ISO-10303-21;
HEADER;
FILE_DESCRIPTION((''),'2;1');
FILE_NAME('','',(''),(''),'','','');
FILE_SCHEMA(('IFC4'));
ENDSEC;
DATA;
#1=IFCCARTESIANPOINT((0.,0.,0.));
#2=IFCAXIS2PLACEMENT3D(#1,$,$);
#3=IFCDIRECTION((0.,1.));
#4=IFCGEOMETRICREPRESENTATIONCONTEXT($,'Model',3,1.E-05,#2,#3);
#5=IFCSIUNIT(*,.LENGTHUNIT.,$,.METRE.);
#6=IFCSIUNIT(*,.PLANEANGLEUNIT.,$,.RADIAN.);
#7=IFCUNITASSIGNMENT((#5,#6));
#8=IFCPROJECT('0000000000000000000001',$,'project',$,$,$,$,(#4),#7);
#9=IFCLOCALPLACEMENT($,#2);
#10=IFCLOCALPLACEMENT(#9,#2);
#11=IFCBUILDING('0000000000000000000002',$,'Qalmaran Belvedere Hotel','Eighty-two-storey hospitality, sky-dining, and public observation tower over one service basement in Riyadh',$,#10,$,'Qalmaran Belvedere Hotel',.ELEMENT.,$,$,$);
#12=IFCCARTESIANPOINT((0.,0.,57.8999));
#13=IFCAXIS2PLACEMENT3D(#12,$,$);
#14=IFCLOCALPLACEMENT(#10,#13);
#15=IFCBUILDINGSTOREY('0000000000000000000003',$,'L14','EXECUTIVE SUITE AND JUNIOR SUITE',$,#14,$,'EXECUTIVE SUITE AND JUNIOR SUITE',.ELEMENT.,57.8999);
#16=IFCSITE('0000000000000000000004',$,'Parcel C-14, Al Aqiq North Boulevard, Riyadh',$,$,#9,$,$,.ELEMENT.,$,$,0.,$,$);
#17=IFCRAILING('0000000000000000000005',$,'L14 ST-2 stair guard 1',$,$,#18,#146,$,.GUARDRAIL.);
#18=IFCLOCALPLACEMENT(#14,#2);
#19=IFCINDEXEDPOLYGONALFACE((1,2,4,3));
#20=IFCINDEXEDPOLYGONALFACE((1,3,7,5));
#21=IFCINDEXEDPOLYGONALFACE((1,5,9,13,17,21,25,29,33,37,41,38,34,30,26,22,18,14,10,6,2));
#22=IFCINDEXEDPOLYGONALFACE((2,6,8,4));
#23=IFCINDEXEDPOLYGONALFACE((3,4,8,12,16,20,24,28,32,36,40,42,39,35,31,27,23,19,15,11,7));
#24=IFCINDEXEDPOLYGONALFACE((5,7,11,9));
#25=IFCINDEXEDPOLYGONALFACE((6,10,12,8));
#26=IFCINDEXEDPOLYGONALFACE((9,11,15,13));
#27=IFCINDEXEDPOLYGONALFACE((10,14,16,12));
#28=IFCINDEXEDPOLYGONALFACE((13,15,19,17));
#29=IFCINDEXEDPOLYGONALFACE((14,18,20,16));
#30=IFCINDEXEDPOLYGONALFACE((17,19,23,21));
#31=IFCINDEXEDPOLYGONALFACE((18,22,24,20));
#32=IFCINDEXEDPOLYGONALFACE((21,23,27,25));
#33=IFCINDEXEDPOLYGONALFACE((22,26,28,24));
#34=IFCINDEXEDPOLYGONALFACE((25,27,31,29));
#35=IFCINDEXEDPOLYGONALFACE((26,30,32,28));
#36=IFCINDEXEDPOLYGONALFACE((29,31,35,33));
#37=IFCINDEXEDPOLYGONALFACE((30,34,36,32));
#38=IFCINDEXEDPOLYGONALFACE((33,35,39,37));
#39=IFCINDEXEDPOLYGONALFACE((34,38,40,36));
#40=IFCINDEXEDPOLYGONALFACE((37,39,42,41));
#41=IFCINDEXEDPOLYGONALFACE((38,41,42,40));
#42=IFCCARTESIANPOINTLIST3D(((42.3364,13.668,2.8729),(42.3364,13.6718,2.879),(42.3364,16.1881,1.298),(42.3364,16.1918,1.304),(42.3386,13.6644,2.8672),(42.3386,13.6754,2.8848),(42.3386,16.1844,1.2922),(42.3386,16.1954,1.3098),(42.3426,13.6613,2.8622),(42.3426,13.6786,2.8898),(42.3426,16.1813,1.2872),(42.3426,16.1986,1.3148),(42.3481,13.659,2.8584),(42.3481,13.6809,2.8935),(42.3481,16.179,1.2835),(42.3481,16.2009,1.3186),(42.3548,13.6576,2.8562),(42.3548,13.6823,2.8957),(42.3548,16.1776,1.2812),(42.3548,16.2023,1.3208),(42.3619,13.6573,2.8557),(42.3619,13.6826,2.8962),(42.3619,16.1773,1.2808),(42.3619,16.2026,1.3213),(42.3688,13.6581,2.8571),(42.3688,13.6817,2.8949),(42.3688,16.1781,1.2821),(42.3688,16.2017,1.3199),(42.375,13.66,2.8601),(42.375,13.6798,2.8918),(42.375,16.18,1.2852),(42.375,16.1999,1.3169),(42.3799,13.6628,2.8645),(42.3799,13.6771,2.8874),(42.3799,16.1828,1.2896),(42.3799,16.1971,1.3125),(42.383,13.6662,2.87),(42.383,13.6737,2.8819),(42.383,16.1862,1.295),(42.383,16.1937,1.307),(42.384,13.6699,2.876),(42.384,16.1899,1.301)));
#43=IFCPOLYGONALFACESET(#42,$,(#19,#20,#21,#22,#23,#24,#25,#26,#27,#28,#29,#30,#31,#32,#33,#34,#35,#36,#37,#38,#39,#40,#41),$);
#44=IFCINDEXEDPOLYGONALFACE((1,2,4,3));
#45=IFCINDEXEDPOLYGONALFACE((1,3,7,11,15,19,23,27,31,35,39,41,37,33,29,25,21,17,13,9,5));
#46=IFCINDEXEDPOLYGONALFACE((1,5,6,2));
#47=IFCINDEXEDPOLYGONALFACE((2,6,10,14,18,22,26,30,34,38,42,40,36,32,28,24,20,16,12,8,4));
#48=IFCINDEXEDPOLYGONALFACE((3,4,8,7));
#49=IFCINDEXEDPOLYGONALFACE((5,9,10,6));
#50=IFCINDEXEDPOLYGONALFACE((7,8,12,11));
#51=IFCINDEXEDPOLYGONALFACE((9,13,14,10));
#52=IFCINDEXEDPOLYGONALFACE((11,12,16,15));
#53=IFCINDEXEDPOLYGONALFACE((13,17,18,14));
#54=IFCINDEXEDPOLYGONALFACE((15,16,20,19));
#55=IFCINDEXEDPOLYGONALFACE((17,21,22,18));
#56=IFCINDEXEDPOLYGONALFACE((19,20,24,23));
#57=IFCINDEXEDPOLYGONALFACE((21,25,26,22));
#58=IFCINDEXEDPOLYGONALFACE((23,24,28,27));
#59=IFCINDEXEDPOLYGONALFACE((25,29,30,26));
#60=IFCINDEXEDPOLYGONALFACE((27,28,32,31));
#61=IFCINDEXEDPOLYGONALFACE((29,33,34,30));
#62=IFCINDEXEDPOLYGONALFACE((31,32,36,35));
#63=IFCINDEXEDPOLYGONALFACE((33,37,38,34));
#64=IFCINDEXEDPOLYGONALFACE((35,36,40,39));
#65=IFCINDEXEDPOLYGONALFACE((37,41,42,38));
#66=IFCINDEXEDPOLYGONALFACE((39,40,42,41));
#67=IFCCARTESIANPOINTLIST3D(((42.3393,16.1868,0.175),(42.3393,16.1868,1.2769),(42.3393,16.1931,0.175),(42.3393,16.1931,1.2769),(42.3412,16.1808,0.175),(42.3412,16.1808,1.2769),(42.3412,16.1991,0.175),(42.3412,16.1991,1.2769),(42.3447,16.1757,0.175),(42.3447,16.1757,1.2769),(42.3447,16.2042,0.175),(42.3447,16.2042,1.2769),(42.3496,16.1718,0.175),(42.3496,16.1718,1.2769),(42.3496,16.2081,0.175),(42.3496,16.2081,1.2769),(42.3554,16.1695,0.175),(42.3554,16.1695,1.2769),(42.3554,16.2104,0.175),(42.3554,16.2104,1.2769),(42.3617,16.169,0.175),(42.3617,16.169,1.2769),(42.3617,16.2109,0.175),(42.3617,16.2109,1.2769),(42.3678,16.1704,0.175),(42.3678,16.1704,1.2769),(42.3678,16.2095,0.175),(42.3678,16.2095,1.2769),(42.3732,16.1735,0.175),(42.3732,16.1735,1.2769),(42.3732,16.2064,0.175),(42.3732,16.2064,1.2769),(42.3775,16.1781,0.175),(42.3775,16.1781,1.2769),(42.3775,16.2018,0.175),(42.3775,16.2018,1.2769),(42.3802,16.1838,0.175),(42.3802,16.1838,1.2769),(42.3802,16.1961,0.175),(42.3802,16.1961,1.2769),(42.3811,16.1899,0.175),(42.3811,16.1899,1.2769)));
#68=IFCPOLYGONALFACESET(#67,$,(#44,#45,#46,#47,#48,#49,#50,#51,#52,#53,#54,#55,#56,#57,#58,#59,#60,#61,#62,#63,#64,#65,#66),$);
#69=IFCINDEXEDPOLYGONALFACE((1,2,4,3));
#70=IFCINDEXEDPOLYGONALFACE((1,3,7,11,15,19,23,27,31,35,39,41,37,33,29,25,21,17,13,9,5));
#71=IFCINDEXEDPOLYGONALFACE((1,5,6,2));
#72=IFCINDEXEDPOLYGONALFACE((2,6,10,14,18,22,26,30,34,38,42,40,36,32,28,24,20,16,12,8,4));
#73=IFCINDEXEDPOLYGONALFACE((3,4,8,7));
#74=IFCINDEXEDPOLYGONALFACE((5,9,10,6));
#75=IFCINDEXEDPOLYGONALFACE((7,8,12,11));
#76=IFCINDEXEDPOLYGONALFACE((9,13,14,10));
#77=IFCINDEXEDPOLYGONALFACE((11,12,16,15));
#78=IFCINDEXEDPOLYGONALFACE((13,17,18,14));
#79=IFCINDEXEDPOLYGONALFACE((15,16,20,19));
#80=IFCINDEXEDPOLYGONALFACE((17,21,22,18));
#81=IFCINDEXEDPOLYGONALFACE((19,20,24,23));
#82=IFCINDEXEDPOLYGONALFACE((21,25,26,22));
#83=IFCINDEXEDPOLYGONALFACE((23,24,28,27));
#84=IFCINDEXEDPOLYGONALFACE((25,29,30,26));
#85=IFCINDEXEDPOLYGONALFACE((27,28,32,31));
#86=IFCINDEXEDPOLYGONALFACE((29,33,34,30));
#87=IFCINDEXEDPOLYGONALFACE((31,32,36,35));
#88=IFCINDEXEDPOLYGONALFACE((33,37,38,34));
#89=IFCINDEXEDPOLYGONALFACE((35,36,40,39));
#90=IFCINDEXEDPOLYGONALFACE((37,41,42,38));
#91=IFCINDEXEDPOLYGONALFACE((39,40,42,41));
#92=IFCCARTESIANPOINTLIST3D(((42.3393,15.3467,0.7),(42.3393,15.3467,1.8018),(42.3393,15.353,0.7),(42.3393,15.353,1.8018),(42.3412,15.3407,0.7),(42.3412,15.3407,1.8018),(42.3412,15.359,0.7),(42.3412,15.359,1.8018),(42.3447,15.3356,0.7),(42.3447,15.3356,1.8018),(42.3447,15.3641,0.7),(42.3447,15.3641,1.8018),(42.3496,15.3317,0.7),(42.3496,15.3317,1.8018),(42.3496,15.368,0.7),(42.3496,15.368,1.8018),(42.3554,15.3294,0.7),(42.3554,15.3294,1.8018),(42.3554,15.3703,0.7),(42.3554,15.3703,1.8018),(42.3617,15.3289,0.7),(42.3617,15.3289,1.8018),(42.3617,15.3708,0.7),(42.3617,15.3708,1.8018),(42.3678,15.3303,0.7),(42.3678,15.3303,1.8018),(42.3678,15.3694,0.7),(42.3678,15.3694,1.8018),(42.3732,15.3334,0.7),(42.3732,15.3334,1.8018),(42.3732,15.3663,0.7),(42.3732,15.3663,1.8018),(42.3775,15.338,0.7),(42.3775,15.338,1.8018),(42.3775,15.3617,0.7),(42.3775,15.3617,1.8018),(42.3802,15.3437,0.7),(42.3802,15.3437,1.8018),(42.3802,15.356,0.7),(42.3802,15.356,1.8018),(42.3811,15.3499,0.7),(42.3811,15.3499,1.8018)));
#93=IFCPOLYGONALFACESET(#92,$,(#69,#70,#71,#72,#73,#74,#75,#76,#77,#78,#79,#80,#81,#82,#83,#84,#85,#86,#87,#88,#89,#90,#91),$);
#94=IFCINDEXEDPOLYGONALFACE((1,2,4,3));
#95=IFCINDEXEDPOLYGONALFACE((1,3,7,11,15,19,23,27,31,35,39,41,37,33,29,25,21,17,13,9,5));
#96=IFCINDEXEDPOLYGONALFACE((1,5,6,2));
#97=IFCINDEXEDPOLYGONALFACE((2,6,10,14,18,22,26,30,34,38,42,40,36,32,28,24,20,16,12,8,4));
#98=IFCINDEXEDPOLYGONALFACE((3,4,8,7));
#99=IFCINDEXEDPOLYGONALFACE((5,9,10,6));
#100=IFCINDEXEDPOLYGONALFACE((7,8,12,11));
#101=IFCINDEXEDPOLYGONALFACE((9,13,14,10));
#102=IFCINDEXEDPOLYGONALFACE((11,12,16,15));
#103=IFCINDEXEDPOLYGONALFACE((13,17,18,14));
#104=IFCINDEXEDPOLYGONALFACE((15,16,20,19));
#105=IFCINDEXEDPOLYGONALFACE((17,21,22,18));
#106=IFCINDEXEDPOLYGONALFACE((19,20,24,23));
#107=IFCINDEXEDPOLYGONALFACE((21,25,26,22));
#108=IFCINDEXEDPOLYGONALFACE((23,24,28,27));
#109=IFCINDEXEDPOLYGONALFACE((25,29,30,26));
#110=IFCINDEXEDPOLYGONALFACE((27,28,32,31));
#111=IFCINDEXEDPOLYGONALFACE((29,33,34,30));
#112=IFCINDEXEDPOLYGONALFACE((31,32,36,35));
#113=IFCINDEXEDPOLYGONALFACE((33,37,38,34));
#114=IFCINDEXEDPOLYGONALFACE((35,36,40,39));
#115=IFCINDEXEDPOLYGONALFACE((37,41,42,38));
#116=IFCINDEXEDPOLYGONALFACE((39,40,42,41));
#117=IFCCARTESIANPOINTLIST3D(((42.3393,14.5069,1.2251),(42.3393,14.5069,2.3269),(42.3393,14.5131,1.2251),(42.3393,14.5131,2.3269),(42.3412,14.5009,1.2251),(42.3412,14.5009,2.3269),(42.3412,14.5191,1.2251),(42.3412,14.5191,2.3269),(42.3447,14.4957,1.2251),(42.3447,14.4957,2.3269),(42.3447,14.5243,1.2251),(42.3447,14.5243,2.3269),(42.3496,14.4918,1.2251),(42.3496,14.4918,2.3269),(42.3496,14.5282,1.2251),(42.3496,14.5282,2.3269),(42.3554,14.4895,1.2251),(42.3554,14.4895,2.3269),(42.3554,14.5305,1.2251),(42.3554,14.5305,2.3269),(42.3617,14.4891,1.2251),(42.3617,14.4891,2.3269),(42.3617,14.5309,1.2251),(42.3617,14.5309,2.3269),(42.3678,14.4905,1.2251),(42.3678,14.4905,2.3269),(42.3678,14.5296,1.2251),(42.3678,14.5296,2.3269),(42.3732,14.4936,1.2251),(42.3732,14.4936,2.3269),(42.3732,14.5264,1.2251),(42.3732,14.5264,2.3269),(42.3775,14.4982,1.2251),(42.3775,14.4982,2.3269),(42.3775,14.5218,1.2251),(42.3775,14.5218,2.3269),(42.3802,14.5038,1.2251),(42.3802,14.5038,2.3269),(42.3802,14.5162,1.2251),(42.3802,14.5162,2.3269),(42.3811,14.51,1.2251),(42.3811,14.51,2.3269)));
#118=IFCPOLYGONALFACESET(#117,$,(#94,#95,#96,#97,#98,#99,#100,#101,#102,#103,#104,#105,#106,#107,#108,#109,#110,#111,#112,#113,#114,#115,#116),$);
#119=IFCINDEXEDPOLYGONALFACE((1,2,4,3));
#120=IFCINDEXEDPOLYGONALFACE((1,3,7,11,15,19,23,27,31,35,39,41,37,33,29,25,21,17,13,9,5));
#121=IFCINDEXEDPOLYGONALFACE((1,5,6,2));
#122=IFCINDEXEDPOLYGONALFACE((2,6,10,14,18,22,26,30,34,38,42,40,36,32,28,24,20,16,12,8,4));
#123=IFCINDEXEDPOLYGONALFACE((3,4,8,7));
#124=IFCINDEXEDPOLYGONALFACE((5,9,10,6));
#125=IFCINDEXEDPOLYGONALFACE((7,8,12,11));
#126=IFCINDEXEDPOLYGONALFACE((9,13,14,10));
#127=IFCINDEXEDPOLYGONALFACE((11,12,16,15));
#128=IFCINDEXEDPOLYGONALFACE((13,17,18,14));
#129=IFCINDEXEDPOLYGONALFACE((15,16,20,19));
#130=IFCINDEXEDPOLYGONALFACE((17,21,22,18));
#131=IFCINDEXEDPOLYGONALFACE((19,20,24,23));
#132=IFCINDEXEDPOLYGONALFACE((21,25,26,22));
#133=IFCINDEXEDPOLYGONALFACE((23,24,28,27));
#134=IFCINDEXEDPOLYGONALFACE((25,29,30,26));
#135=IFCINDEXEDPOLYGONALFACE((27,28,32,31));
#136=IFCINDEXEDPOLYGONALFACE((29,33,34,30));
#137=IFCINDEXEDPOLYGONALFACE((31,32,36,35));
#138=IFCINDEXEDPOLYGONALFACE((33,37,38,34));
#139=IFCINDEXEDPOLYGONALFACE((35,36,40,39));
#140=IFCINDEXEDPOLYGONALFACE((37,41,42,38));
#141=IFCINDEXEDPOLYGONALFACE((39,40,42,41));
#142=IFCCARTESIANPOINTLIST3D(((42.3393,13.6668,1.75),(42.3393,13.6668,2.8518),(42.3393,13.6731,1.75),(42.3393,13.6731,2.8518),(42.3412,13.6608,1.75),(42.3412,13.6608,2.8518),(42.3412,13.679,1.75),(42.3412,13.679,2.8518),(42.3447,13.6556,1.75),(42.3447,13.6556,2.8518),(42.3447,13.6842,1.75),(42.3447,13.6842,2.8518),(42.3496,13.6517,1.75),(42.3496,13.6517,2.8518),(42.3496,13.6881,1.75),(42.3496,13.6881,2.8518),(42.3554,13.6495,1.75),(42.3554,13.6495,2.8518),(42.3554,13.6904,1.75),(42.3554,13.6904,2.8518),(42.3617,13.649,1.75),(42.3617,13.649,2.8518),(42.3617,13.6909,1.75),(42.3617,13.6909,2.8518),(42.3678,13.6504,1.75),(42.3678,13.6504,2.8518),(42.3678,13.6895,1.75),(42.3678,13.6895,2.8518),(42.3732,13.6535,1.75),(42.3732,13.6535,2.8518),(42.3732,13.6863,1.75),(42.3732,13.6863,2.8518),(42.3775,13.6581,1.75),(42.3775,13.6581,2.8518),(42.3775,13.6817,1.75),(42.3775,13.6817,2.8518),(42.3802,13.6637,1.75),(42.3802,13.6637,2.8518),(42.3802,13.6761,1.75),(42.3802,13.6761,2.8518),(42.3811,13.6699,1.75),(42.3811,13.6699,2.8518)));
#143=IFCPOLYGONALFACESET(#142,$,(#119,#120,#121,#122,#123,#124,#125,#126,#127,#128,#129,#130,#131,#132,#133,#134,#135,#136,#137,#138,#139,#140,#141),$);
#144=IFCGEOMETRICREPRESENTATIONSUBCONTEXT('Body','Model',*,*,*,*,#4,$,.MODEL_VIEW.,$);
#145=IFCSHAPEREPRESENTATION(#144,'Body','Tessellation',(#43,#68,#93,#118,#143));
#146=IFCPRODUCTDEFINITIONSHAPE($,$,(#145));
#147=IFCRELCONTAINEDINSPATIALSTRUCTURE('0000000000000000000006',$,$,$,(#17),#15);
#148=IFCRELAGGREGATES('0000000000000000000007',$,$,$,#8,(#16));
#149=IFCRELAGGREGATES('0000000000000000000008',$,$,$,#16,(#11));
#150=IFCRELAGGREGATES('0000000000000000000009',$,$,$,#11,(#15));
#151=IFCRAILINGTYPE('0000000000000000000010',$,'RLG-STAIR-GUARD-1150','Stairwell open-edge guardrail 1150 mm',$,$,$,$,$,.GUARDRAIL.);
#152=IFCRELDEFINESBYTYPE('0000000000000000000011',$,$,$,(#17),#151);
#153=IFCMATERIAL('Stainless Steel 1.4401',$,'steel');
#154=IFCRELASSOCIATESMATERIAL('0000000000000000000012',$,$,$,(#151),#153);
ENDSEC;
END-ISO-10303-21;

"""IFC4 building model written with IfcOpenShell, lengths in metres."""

from ifc_helpers import new_model, si_unit, direction, frame, origin, origin_2d, place, context, subcontext, project, spatial, circle, extrude, material, type_object, element, save


model = new_model("IFC4")

# Units and contexts
model_context = context("Model", 3, precision=1e-05, world=origin(), true_north=direction((0.0, 1.0)))
body_context = subcontext(model_context, "Body", "Model", "MODEL_VIEW")
ifc_project = project(units=[si_unit("LENGTHUNIT", "METRE"), si_unit("PLANEANGLEUNIT", "RADIAN")], contexts=[model_context])

# Site, building, storey
site_placement = place(None, origin())
site = spatial("IfcSite", under=ifc_project, at=site_placement, Name="Parcel C-14, Al Aqiq North Boulevard, Riyadh", CompositionType="ELEMENT", RefElevation=0.0)
building_placement = place(site_placement, origin())
building = spatial("IfcBuilding", under=site, at=building_placement, Name="Qalmaran Belvedere Hotel", Description="Eighty-two-storey hospitality, sky-dining, and public observation tower over one service basement in Riyadh", LongName="Qalmaran Belvedere Hotel", CompositionType="ELEMENT")
storey_placement = place(building_placement, frame((0.0, 0.0, 57.8999)))
storey = spatial("IfcBuildingStorey", under=building, at=storey_placement, Name="L14", Description="EXECUTIVE SUITE AND JUNIOR SUITE", LongName="EXECUTIVE SUITE AND JUNIOR SUITE", CompositionType="ELEMENT", Elevation=57.8999)

# Shared definitions
ifc_material_1 = material(Name="Stainless Steel 1.4401", Category="steel")

# Railing
railing_type_1 = type_object("IfcRailingType", Name="RLG-STAIR-GUARD-1150", Description="Stairwell open-edge guardrail 1150 mm", PredefinedType="GUARDRAIL", material=ifc_material_1)
railing_1_placement = place(storey_placement, frame((42.3601, 16.1899, 0.175)))
element("IfcRailing", 1, at=railing_1_placement, inside=storey, type_object=railing_type_1, Name="L14 ST-2 stair guard 1", PredefinedType="GUARDRAIL", context=body_context, shape_type="SweptSolid", body=[
    extrude(circle(Radius=0.0239, at=origin_2d()), frame((0.0, 0.0, 1.126), z_axis=(0.0, -0.848008, 0.529984), x_axis=(1.0, 0.0, 0.0)), (0.0, 0.0, 1.0), 2.9717),
    extrude(circle(Radius=0.021, at=origin_2d()), origin(), (0.0, 0.0, 1.0), 1.1018),
    extrude(circle(Radius=0.021, at=origin_2d()), frame((0.0, -0.8401, 0.5249)), (0.0, 0.0, 1.0), 1.1018),
    extrude(circle(Radius=0.021, at=origin_2d()), frame((0.0, -1.6799, 1.05)), (0.0, 0.0, 1.0), 1.1018),
    extrude(circle(Radius=0.021, at=origin_2d()), frame((0.0, -2.52, 1.575)), (0.0, 0.0, 1.0), 1.1018),
])

save(model, "model.ifc")
